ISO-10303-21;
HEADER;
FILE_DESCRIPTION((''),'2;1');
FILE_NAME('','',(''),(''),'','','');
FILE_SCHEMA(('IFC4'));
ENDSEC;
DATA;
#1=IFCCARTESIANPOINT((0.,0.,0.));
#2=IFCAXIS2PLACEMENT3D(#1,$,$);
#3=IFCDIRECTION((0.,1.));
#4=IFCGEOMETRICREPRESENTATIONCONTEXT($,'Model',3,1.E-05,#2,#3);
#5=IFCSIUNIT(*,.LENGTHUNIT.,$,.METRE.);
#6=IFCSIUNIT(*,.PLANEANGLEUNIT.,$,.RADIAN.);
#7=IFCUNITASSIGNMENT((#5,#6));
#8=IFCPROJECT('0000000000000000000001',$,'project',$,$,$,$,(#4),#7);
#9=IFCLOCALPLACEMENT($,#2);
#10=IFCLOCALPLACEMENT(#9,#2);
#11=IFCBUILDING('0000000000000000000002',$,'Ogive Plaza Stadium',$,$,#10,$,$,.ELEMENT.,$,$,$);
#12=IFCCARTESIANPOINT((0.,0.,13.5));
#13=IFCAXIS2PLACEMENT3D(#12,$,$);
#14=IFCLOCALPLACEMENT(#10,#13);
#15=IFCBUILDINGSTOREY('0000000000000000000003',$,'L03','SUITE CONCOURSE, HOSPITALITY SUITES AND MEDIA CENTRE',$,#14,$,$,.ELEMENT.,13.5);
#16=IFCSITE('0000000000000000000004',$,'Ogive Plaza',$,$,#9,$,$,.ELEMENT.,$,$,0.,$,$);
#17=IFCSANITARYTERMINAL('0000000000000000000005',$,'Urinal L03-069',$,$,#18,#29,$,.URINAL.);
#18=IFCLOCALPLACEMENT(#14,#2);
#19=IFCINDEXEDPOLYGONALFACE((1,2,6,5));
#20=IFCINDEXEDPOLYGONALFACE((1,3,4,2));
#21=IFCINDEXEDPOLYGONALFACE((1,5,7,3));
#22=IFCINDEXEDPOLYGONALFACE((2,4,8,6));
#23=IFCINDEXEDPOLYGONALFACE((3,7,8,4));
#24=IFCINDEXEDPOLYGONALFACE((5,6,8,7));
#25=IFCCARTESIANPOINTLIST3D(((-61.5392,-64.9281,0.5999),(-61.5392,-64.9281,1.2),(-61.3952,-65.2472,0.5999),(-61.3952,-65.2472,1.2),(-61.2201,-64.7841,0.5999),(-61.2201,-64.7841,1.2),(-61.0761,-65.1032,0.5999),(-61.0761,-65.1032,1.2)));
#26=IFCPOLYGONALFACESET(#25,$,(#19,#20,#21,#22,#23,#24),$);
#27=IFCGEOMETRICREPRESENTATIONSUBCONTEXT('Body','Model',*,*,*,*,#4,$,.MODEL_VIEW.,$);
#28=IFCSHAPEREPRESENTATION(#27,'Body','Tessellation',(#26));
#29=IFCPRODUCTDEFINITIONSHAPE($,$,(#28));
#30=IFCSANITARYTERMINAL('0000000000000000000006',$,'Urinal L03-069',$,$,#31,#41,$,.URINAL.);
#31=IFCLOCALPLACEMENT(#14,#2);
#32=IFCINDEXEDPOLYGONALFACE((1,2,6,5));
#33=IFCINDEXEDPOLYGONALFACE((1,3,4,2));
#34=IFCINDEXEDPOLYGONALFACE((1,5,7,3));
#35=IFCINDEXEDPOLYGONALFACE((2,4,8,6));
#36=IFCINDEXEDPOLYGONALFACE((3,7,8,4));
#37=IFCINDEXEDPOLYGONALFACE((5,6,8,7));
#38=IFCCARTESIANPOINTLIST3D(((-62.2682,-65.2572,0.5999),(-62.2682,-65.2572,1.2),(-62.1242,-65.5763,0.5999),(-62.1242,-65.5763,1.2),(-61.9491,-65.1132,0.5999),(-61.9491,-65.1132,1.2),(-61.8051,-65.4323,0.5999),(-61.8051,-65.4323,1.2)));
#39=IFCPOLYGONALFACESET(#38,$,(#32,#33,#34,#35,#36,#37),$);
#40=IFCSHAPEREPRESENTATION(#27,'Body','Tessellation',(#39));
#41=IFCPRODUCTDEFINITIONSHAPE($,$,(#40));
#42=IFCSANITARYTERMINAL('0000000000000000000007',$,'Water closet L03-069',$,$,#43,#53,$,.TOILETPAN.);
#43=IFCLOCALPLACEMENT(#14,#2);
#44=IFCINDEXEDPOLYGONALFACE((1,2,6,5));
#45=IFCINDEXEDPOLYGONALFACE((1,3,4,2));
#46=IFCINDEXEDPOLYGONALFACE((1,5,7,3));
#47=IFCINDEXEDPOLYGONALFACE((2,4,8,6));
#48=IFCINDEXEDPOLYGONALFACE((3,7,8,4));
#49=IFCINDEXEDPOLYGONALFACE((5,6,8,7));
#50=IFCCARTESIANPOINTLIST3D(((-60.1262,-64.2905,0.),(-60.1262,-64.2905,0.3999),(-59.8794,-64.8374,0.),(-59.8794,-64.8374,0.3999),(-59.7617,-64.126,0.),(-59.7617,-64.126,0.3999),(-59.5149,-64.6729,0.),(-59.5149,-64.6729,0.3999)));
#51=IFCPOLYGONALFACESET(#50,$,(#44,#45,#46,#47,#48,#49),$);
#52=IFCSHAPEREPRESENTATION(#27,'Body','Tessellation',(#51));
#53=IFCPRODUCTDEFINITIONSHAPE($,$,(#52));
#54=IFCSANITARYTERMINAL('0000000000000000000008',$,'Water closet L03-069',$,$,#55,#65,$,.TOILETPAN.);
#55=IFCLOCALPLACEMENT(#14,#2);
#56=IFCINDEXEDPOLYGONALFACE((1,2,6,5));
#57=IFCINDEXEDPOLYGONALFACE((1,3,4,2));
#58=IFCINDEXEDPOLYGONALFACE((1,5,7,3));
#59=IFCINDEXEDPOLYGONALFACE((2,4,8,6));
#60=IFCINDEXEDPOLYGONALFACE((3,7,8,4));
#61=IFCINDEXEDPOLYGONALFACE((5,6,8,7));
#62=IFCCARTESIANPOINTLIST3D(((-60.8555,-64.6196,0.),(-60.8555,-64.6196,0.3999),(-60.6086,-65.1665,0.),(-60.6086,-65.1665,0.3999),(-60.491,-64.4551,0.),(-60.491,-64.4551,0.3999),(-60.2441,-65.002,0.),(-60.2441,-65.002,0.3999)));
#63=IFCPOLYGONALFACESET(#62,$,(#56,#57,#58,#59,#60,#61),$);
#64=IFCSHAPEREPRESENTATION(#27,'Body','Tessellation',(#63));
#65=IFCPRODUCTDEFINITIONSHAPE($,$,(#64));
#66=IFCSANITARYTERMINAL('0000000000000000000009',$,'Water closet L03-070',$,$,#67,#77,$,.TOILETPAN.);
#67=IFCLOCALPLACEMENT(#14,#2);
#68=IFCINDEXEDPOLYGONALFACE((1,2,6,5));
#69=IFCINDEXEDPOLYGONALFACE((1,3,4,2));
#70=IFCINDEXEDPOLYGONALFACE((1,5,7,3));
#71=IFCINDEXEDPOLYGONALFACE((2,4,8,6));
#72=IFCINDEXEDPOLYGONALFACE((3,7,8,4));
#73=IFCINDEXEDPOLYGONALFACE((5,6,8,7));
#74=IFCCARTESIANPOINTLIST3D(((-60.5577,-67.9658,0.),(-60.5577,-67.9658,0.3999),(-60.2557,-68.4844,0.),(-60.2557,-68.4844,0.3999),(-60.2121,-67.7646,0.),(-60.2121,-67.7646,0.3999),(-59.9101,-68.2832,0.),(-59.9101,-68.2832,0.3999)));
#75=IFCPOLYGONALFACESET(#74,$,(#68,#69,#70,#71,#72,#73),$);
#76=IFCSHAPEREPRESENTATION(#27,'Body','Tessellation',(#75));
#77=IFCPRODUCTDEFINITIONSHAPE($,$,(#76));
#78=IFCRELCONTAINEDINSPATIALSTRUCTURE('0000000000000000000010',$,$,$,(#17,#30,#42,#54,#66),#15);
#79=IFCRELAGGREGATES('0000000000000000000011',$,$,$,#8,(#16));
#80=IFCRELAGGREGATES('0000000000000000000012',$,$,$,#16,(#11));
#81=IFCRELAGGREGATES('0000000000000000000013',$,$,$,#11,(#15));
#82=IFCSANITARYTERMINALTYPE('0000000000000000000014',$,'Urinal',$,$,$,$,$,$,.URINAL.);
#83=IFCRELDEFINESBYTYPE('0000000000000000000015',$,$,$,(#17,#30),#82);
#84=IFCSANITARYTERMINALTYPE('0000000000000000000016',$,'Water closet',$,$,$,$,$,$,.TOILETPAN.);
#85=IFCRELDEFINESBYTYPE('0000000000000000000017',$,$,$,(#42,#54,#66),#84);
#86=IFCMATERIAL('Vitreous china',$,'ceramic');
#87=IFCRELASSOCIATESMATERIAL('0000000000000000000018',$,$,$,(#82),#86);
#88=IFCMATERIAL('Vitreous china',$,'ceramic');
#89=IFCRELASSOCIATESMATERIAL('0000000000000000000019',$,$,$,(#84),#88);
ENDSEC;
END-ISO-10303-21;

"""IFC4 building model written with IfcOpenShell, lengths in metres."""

from ifc_helpers import new_model, si_unit, direction, frame, origin, origin_2d, place, context, subcontext, project, spatial, rectangle, extrude, material, type_object, element, save


model = new_model("IFC4")

# Units and contexts
model_context = context("Model", 3, precision=1e-05, world=origin(), true_north=direction((0.0, 1.0)))
body_context = subcontext(model_context, "Body", "Model", "MODEL_VIEW")
ifc_project = project(units=[si_unit("LENGTHUNIT", "METRE"), si_unit("PLANEANGLEUNIT", "RADIAN")], contexts=[model_context])

# Site, building, storey
site_placement = place(None, origin())
site = spatial("IfcSite", under=ifc_project, at=site_placement, Name="Ogive Plaza", CompositionType="ELEMENT", RefElevation=0.0)
building_placement = place(site_placement, origin())
building = spatial("IfcBuilding", under=site, at=building_placement, Name="Ogive Plaza Stadium", CompositionType="ELEMENT")
storey_placement = place(building_placement, frame((0.0, 0.0, 13.5)))
storey = spatial("IfcBuildingStorey", under=building, at=storey_placement, Name="L03", Description="SUITE CONCOURSE, HOSPITALITY SUITES AND MEDIA CENTRE", CompositionType="ELEMENT", Elevation=13.5)

# Sanitary terminals
ifc_material_1 = material(Name="Vitreous china", Category="ceramic")
sanitary_terminal_type_1 = type_object("IfcSanitaryTerminalType", Name="Urinal", PredefinedType="URINAL", material=ifc_material_1)
for number, where, z_axis, x_axis, name in (
    (1, (-61.3076, -65.0156, 0.5999), (0.0, 0.0, 1.0), (-0.911479, -0.411346, 0.0), "Urinal L03-069"),
    (2, (-62.0366, -65.3447, 0.5999), (0.0, 0.0, 1.0), (-0.911479, -0.411346, 0.0), "Urinal L03-069"),
):
    element("IfcSanitaryTerminal", number, at=place(storey_placement, frame(where, z_axis=z_axis, x_axis=x_axis)), inside=storey, type_object=sanitary_terminal_type_1, Name=name, PredefinedType="URINAL", context=body_context, shape_type="SweptSolid", body=[
        extrude(rectangle(XDim=0.3501, YDim=0.3501, at=origin_2d()), origin(), (0.0, 0.0, 1.0), 0.6001),
    ])
ifc_material_2 = material(Name="Vitreous china", Category="ceramic")
sanitary_terminal_type_2 = type_object("IfcSanitaryTerminalType", Name="Water closet", PredefinedType="TOILETPAN", material=ifc_material_2)
for number, where, z_axis, x_axis, name in (
    (3, (-59.8206, -64.4817, 0.0), (0.0, 0.0, 1.0), (-0.911479, -0.411346, 0.0), "Water closet L03-069"),
    (4, (-60.5498, -64.8108, 0.0), (0.0, 0.0, 1.0), (-0.911479, -0.411346, 0.0), "Water closet L03-069"),
    (5, (-60.2339, -68.1245, 0.0), (0.0, 0.0, 1.0), (-0.864147, -0.50324, 0.0), "Water closet L03-070"),
):
    element("IfcSanitaryTerminal", number, at=place(storey_placement, frame(where, z_axis=z_axis, x_axis=x_axis)), inside=storey, type_object=sanitary_terminal_type_2, Name=name, PredefinedType="TOILETPAN", context=body_context, shape_type="SweptSolid", body=[
        extrude(rectangle(XDim=0.3999, YDim=0.6001, at=origin_2d()), origin(), (0.0, 0.0, 1.0), 0.3999),
    ])

save(model, "model.ifc")
